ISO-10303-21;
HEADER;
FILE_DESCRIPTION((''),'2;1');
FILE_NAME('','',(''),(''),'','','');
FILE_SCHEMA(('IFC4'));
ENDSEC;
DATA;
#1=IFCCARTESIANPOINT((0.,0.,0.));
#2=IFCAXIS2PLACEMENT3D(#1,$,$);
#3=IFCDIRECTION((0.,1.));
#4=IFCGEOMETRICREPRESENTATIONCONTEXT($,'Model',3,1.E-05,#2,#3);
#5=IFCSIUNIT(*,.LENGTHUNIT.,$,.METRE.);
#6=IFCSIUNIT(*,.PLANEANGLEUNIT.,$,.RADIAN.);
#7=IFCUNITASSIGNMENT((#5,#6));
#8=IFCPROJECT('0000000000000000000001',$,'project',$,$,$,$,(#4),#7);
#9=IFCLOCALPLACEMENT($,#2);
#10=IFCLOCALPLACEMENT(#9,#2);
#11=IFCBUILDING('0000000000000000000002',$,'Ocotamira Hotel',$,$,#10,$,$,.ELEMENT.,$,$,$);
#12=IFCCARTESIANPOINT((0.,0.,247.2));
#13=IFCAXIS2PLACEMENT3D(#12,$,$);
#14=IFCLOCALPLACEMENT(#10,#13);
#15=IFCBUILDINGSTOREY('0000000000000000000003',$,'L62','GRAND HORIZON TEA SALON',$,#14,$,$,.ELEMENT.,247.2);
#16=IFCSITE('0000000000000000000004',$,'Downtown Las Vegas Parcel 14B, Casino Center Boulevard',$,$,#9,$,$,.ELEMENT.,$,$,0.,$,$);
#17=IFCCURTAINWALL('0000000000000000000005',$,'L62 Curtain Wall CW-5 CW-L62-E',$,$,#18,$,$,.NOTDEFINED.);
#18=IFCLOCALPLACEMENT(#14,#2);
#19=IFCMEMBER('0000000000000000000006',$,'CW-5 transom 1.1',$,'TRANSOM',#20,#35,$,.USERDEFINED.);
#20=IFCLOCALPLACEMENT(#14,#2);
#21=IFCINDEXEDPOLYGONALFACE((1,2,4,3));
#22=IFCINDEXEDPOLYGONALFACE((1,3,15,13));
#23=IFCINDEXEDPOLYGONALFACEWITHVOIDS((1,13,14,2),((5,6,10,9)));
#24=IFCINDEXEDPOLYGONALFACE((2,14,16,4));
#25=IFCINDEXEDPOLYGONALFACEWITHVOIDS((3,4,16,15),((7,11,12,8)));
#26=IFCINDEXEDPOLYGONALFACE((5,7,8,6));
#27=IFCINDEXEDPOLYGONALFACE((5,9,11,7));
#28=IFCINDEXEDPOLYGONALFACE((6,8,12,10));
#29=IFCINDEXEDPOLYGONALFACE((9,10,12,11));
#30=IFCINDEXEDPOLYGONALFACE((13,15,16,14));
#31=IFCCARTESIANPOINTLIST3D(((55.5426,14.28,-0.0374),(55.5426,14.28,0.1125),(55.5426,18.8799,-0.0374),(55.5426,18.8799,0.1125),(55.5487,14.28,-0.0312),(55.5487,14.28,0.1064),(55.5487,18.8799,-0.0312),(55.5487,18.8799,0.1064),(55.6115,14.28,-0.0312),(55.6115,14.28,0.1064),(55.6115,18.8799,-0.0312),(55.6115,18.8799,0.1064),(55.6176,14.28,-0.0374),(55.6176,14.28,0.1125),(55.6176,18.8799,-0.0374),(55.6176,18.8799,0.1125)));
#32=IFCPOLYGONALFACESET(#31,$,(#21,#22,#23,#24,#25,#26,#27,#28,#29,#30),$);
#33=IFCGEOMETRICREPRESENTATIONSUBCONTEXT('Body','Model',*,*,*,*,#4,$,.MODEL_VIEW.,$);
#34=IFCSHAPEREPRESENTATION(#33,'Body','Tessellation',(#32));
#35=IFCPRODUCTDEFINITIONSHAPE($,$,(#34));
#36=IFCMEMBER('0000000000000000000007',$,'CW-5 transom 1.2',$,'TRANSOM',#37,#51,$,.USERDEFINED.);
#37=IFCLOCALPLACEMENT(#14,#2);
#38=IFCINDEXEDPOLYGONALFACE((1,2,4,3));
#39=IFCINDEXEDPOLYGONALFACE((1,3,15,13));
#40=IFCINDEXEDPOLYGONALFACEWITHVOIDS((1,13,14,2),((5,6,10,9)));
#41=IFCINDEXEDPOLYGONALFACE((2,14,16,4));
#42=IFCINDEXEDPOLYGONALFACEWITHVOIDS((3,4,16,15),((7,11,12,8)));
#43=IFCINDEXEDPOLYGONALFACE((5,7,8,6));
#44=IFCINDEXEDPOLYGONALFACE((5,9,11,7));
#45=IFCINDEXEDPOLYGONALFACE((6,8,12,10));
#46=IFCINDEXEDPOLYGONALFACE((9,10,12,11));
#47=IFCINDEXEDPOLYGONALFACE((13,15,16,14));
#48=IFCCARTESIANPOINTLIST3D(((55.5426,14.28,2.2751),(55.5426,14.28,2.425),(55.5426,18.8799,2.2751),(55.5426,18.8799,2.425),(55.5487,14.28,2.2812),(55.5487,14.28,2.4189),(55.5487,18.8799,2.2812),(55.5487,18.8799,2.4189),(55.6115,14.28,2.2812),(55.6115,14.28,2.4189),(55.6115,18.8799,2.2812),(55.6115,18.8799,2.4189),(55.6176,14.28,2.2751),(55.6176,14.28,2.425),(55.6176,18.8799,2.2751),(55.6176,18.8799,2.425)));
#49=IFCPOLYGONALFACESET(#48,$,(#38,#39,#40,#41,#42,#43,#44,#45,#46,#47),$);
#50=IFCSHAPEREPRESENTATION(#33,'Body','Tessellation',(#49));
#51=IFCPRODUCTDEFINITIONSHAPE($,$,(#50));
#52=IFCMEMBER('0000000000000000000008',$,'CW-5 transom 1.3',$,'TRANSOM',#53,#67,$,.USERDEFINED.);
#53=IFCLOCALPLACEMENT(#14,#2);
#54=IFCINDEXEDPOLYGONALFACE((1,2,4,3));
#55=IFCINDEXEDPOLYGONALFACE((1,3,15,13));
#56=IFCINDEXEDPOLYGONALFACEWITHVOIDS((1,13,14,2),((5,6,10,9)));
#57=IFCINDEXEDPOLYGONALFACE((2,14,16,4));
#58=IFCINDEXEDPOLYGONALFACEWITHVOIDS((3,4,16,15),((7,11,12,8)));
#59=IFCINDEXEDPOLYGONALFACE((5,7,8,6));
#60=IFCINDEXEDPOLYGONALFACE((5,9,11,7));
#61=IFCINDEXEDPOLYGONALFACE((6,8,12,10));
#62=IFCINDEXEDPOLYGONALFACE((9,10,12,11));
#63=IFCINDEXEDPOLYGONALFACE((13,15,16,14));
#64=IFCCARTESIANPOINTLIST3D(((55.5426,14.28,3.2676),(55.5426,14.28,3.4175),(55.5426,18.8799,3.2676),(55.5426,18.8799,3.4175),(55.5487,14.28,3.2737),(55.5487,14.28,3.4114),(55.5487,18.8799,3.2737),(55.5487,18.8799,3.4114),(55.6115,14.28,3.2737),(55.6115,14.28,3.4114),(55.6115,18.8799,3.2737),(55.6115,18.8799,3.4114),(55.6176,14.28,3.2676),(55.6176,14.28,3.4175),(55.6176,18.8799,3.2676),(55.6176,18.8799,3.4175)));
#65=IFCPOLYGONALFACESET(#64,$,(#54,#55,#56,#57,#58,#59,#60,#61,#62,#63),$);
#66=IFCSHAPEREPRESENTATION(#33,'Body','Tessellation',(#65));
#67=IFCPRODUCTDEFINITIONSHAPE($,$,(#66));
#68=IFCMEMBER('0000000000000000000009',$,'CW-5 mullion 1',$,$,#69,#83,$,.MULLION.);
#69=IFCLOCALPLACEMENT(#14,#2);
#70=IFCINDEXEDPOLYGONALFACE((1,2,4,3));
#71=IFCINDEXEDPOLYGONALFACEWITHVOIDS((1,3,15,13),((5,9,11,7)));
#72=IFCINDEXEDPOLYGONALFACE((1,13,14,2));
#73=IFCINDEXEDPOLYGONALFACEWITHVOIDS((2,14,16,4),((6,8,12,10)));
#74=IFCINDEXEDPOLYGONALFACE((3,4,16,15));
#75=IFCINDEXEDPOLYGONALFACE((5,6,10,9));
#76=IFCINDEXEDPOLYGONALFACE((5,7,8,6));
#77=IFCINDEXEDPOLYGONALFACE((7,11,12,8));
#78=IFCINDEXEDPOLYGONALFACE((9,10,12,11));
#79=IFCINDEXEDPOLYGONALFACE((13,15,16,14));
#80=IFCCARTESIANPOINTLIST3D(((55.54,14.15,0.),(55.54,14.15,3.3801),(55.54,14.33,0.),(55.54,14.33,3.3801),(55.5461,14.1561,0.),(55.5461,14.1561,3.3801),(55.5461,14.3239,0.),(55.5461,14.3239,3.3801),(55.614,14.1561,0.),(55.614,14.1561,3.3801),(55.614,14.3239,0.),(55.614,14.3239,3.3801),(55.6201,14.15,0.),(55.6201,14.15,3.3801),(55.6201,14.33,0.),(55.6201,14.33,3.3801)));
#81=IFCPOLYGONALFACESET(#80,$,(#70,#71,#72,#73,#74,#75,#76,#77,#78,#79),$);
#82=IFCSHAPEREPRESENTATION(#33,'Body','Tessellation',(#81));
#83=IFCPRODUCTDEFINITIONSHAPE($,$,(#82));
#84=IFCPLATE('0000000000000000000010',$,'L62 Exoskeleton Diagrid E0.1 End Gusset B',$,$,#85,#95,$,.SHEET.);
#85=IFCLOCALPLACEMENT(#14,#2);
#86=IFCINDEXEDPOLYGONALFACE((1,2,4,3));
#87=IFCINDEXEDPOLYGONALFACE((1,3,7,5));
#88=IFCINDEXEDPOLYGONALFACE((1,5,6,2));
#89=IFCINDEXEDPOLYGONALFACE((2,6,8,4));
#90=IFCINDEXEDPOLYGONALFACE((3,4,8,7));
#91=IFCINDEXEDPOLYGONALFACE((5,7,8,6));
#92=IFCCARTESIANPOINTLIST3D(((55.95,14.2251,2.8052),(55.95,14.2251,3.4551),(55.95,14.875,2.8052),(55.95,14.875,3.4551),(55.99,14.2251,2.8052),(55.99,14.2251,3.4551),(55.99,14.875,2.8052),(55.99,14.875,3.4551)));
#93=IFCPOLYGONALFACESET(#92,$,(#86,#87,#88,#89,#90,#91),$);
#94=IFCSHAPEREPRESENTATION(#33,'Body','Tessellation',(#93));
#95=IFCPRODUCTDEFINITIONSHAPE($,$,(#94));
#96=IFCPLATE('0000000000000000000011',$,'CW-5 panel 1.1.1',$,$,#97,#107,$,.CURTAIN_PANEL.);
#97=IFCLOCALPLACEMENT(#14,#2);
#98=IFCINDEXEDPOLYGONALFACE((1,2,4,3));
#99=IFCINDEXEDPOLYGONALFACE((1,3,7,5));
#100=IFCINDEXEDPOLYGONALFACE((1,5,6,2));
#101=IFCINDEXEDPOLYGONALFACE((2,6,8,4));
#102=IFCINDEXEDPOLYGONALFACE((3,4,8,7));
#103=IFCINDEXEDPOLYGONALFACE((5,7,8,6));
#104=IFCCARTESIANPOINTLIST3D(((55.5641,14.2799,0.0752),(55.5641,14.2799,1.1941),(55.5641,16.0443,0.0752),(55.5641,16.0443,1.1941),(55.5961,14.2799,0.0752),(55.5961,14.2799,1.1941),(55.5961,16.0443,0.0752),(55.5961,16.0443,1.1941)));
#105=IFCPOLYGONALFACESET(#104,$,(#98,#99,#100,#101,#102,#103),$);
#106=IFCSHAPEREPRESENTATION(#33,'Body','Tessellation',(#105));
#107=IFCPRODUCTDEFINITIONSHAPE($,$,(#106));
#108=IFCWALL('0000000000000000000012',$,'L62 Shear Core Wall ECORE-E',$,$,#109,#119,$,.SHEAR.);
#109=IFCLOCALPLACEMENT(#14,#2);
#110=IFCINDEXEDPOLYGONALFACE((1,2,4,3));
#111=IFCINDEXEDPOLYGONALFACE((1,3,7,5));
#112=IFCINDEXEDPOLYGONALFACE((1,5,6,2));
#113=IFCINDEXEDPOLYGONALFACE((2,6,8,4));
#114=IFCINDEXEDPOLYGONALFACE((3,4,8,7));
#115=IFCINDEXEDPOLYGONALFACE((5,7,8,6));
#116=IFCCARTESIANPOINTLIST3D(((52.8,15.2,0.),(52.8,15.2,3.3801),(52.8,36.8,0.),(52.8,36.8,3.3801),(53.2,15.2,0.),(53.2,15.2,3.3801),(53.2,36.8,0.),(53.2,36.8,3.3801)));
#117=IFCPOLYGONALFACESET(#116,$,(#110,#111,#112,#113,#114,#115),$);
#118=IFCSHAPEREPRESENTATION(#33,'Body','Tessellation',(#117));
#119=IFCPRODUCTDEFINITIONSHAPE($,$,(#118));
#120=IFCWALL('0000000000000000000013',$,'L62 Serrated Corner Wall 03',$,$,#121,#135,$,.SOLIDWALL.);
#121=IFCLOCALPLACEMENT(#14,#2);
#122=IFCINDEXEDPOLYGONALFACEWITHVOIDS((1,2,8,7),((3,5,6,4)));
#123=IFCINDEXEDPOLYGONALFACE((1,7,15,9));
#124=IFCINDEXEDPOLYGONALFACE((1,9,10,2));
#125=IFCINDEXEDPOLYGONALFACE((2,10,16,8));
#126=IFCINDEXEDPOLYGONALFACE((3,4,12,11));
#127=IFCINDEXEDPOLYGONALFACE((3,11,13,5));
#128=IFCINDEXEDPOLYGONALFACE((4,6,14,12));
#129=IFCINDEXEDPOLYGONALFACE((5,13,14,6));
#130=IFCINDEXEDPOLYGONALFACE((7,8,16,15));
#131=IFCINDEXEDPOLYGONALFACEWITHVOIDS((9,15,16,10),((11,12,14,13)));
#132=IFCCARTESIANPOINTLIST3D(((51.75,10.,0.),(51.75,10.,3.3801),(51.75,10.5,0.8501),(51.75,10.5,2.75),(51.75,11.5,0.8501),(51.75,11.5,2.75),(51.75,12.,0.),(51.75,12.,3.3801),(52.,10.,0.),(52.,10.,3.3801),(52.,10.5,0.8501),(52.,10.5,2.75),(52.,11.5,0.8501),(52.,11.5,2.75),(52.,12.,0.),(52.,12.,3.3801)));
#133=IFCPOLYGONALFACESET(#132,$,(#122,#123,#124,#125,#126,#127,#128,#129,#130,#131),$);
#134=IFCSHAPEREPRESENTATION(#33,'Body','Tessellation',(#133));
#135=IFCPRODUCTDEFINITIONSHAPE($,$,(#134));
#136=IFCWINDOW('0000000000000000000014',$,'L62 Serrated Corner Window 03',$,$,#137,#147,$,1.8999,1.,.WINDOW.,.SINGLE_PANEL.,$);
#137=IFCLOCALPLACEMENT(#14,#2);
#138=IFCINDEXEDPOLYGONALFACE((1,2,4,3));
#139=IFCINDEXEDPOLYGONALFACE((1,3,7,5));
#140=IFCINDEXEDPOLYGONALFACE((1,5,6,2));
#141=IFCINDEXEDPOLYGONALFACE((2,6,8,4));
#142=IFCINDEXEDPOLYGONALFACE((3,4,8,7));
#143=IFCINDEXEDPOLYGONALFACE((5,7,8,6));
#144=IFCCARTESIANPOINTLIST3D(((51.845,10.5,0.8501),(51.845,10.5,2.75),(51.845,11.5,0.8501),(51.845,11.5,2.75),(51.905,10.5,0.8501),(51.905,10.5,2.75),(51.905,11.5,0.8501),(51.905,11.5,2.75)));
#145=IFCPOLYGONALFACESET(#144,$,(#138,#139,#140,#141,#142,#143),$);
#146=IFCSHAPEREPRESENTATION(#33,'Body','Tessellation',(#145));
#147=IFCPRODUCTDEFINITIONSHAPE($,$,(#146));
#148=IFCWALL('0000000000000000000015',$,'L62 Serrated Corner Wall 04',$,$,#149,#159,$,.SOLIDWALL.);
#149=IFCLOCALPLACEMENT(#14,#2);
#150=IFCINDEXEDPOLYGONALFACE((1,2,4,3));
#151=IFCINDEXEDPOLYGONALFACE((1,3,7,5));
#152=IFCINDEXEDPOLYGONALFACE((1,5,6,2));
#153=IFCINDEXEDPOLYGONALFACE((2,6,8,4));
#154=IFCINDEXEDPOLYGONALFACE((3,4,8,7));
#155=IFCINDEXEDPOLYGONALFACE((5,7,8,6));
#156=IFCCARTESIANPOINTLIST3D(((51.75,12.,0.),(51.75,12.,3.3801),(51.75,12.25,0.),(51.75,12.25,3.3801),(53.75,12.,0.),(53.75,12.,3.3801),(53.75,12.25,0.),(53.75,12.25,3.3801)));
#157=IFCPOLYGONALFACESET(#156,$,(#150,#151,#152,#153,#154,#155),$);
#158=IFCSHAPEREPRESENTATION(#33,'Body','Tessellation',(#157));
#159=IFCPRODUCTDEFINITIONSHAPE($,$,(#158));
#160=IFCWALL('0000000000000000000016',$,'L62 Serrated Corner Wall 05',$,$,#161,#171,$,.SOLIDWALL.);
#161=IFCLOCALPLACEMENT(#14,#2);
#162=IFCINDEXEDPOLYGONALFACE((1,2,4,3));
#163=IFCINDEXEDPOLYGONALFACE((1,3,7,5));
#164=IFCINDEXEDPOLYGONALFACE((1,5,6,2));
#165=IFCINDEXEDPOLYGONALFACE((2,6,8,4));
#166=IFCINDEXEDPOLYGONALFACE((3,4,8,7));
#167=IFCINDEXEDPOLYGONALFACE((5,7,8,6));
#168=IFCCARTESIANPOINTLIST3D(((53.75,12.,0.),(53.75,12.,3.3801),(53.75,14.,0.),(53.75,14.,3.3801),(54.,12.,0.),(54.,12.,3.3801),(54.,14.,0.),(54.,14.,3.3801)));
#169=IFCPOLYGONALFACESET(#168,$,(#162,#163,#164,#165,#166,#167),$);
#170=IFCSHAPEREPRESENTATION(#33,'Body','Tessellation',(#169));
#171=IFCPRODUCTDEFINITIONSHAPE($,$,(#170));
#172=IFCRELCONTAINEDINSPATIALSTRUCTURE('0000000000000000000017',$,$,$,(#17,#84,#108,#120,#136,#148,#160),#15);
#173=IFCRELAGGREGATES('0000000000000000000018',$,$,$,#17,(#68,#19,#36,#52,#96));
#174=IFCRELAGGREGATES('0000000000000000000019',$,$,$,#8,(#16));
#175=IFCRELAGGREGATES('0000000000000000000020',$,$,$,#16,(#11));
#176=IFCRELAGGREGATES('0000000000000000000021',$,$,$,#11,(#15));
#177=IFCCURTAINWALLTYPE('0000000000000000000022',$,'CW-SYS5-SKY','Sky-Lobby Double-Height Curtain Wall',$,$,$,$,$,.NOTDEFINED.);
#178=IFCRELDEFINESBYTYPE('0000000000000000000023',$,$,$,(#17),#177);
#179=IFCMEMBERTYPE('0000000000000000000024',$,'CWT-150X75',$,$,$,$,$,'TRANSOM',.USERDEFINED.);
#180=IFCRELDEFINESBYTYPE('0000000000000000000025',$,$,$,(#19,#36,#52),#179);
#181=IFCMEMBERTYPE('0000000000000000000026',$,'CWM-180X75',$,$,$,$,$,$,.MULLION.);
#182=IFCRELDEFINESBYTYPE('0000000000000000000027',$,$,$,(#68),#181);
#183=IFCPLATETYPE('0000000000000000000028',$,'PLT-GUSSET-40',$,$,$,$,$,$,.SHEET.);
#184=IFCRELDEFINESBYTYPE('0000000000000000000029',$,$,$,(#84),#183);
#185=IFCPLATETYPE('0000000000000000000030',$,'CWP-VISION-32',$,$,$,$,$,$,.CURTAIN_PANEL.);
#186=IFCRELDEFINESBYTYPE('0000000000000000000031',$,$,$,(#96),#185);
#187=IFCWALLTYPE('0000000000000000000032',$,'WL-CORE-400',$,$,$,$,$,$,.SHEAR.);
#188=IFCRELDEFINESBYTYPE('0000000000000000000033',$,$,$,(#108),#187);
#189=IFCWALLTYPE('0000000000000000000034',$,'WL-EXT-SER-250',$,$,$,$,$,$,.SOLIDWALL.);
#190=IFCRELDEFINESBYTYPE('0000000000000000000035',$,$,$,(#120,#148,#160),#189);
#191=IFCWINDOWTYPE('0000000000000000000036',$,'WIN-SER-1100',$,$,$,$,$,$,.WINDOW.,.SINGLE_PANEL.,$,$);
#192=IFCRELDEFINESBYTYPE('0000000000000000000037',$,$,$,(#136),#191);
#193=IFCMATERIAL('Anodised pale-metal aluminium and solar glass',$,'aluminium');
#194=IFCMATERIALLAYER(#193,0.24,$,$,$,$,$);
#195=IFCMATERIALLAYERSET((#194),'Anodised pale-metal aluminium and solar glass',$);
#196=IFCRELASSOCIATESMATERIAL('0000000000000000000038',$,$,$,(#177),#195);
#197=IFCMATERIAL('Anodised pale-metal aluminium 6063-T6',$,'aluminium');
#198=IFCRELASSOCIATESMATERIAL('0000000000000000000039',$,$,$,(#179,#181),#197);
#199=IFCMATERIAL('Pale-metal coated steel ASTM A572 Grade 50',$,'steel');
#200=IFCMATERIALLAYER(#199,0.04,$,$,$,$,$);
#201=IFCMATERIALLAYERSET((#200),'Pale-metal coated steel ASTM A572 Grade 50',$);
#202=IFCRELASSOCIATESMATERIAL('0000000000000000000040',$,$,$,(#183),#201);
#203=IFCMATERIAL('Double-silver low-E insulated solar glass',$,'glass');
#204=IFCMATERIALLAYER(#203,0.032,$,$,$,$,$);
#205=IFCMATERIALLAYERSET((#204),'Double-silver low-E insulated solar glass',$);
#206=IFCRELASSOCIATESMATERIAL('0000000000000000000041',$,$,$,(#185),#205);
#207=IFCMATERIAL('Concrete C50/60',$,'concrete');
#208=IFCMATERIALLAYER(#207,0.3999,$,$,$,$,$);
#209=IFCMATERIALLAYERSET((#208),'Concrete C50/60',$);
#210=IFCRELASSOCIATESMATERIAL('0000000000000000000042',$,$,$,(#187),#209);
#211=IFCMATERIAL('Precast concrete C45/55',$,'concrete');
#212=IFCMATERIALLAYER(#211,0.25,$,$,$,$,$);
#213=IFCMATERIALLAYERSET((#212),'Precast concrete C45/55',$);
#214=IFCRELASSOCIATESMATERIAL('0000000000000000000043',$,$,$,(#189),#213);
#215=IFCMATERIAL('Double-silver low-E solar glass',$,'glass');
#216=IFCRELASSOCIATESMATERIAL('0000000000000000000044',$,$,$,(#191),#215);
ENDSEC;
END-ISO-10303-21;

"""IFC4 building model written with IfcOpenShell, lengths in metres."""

from ifc_helpers import new_model, si_unit, direction, frame, frame_2d, origin, origin_2d, place, context, subcontext, project, spatial, rectangle, hollow_rectangle, extrude, source, transform, mapped, material, layer, layer_set, material_profile, profile_set, type_object, element, fill, aggregate, save


model = new_model("IFC4")

# Units and contexts
model_context = context("Model", 3, precision=1e-05, world=origin(), true_north=direction((0.0, 1.0)))
body_context = subcontext(model_context, "Body", "Model", "MODEL_VIEW")
ifc_project = project(units=[si_unit("LENGTHUNIT", "METRE"), si_unit("PLANEANGLEUNIT", "RADIAN")], contexts=[model_context])

# Site, building, storey
site_placement = place(None, origin())
site = spatial("IfcSite", under=ifc_project, at=site_placement, Name="Downtown Las Vegas Parcel 14B, Casino Center Boulevard", CompositionType="ELEMENT", RefElevation=0.0)
building_placement = place(site_placement, origin())
building = spatial("IfcBuilding", under=site, at=building_placement, Name="Ocotamira Hotel", CompositionType="ELEMENT")
storey_placement = place(building_placement, frame((0.0, 0.0, 247.2)))
storey = spatial("IfcBuildingStorey", under=building, at=storey_placement, Name="L62", Description="GRAND HORIZON TEA SALON", CompositionType="ELEMENT", Elevation=247.2)

# Curtain wall, members
ifc_material_1 = material(Name="Anodised pale-metal aluminium and solar glass", Category="aluminium")
ifc_layer_1 = layer(ifc_material_1, 0.24)
ifc_layer_set_1 = layer_set([ifc_layer_1], Name="Anodised pale-metal aluminium and solar glass")
curtain_wall_type = type_object("IfcCurtainWallType", Name="CW-SYS5-SKY", Description="Sky-Lobby Double-Height Curtain Wall", PredefinedType="NOTDEFINED", material=ifc_layer_set_1)
curtain_wall_placement = place(storey_placement, origin())
curtain_wall = element("IfcCurtainWall", 1, at=curtain_wall_placement, inside=storey, type_object=curtain_wall_type, Name="L62 Curtain Wall CW-5 CW-L62-E", PredefinedType="NOTDEFINED")
ifc_material_2 = material(Name="Anodised pale-metal aluminium 6063-T6", Category="aluminium")
ifc_material_profile_1 = material_profile(ifc_material_2, hollow_rectangle(XDim=0.075, YDim=0.1499, WallThickness=0.0061, at=origin_2d()), Name="HSS150X75X6")
ifc_profile_set_1 = profile_set([ifc_material_profile_1], Name="Anodised pale-metal aluminium 6063-T6")
member_type_1 = type_object("IfcMemberType", Name="CWT-150X75", ElementType="TRANSOM", PredefinedType="USERDEFINED", material=ifc_profile_set_1)
shared_shape_1 = source(origin(), body_context, "Body", "SweptSolid", [
    extrude(hollow_rectangle(XDim=0.075, YDim=0.1499, WallThickness=0.0061, at=origin_2d()), origin(), (0.0, 0.0, 1.0), 4.5999),
])
member_1_placement = place(storey_placement, frame((55.5801, 14.28, 0.0376), z_axis=(0.0, 1.0, 0.0), x_axis=(-1.0, 0.0, 0.0)))
member_1 = element("IfcMember", 2, at=member_1_placement, type_object=member_type_1, Name="CW-5 transom 1.1", ObjectType="TRANSOM", PredefinedType="USERDEFINED", context=body_context, shape_type="MappedRepresentation", body=[
    mapped(shared_shape_1, transform((0.0, 0.0, 0.0), scale=1.0)),
])
member_2_placement = place(storey_placement, frame((55.5801, 14.28, 2.3501), z_axis=(0.0, 1.0, 0.0), x_axis=(-1.0, 0.0, 0.0)))
member_2 = element("IfcMember", 3, at=member_2_placement, type_object=member_type_1, Name="CW-5 transom 1.2", ObjectType="TRANSOM", PredefinedType="USERDEFINED", context=body_context, shape_type="MappedRepresentation", body=[
    mapped(shared_shape_1, transform((0.0, 0.0, 0.0), scale=1.0)),
])
member_3_placement = place(storey_placement, frame((55.5801, 14.28, 3.3425), z_axis=(0.0, 1.0, 0.0), x_axis=(-1.0, 0.0, 0.0)))
member_3 = element("IfcMember", 4, at=member_3_placement, type_object=member_type_1, Name="CW-5 transom 1.3", ObjectType="TRANSOM", PredefinedType="USERDEFINED", context=body_context, shape_type="MappedRepresentation", body=[
    mapped(shared_shape_1, transform((0.0, 0.0, 0.0), scale=1.0)),
])
ifc_material_profile_2 = material_profile(ifc_material_2, hollow_rectangle(XDim=0.0801, YDim=0.1799, WallThickness=0.0061, at=origin_2d()), Name="HSS180X80X6")
ifc_profile_set_2 = profile_set([ifc_material_profile_2], Name="Anodised pale-metal aluminium 6063-T6")
member_type_2 = type_object("IfcMemberType", Name="CWM-180X75", PredefinedType="MULLION", material=ifc_profile_set_2)
shared_shape_2 = source(origin(), body_context, "Body", "SweptSolid", [
    extrude(hollow_rectangle(XDim=0.0801, YDim=0.1799, WallThickness=0.0061, at=origin_2d()), origin(), (0.0, 0.0, 1.0), 3.3801),
])
member_4_placement = place(storey_placement, frame((55.5801, 14.24, 0.0), z_axis=(0.0, 0.0, 1.0), x_axis=(-1.0, 0.0, 0.0)))
member_4 = element("IfcMember", 5, at=member_4_placement, type_object=member_type_2, Name="CW-5 mullion 1", PredefinedType="MULLION", context=body_context, shape_type="MappedRepresentation", body=[
    mapped(shared_shape_2, transform((0.0, 0.0, 0.0), scale=1.0)),
])

# Plates
ifc_material_3 = material(Name="Pale-metal coated steel ASTM A572 Grade 50", Category="steel")
ifc_layer_2 = layer(ifc_material_3, 0.04)
ifc_layer_set_2 = layer_set([ifc_layer_2], Name="Pale-metal coated steel ASTM A572 Grade 50")
plate_type_1 = type_object("IfcPlateType", Name="PLT-GUSSET-40", PredefinedType="SHEET", material=ifc_layer_set_2)
shared_shape_3 = source(origin(), body_context, "Body", "SweptSolid", [
    extrude(rectangle(XDim=0.04, YDim=0.6499, at=origin_2d()), origin(), (0.0, 0.0, 1.0), 0.6499),
])
plate_1_placement = place(storey_placement, frame((55.97, 14.55, 2.8052), z_axis=(0.0, 0.0, 1.0), x_axis=(1.0, 0.0, 0.0)))
element("IfcPlate", 6, at=plate_1_placement, inside=storey, type_object=plate_type_1, Name="L62 Exoskeleton Diagrid E0.1 End Gusset B", PredefinedType="SHEET", context=body_context, shape_type="MappedRepresentation", body=[
    mapped(shared_shape_3, transform((0.0, 0.0, 0.0), scale=1.0)),
])
ifc_material_4 = material(Name="Double-silver low-E insulated solar glass", Category="glass")
ifc_layer_3 = layer(ifc_material_4, 0.032)
ifc_layer_set_3 = layer_set([ifc_layer_3], Name="Double-silver low-E insulated solar glass")
plate_type_2 = type_object("IfcPlateType", Name="CWP-VISION-32", PredefinedType="CURTAIN_PANEL", material=ifc_layer_set_3)
shared_shape_4 = source(origin(), body_context, "Body", "SweptSolid", [
    extrude(rectangle(XDim=1.7644, YDim=0.032, at=origin_2d()), origin(), (0.0, 0.0, 1.0), 1.1189),
])
plate_2_placement = place(storey_placement, frame((55.5801, 15.1621, 0.0752), z_axis=(0.0, 0.0, 1.0), x_axis=(0.0, 1.0, 0.0)))
plate_2 = element("IfcPlate", 7, at=plate_2_placement, type_object=plate_type_2, Name="CW-5 panel 1.1.1", PredefinedType="CURTAIN_PANEL", context=body_context, shape_type="MappedRepresentation", body=[
    mapped(shared_shape_4, transform((0.0, 0.0, 0.0), scale=1.0)),
])
aggregate(curtain_wall, [member_4, member_1, member_2, member_3, plate_2])

# Wall
ifc_material_5 = material(Name="Concrete C50/60", Category="concrete")
ifc_layer_4 = layer(ifc_material_5, 0.3999)
ifc_layer_set_4 = layer_set([ifc_layer_4], Name="Concrete C50/60")
wall_type_1 = type_object("IfcWallType", Name="WL-CORE-400", PredefinedType="SHEAR", material=ifc_layer_set_4)
wall_1_placement = place(storey_placement, frame((53.0, 15.2, 0.0), z_axis=(0.0, 0.0, 1.0), x_axis=(0.0, 1.0, 0.0)))
element("IfcWall", 8, at=wall_1_placement, inside=storey, type_object=wall_type_1, Name="L62 Shear Core Wall ECORE-E", PredefinedType="SHEAR", context=body_context, shape_type="SweptSolid", body=[
    extrude(rectangle(XDim=21.6001, YDim=0.3999, at=frame_2d((10.8, 0.0))), origin(), (0.0, 0.0, 1.0), 3.3801),
])

# Wall, opening, window
ifc_material_6 = material(Name="Precast concrete C45/55", Category="concrete")
ifc_layer_5 = layer(ifc_material_6, 0.25)
ifc_layer_set_5 = layer_set([ifc_layer_5], Name="Precast concrete C45/55")
wall_type_2 = type_object("IfcWallType", Name="WL-EXT-SER-250", PredefinedType="SOLIDWALL", material=ifc_layer_set_5)
wall_2_placement = place(storey_placement, frame((51.875, 10.0, 0.0), z_axis=(0.0, 0.0, 1.0), x_axis=(0.0, 1.0, 0.0)))
wall_2 = element("IfcWall", 9, at=wall_2_placement, inside=storey, type_object=wall_type_2, Name="L62 Serrated Corner Wall 03", PredefinedType="SOLIDWALL", context=body_context, shape_type="SweptSolid", body=[
    extrude(rectangle(XDim=2.0, YDim=0.25, at=frame_2d((1.0, 0.0))), origin(), (0.0, 0.0, 1.0), 3.3801),
])
opening_1_placement = place(wall_2_placement, frame((0.5, 0.0, 0.8501)))
opening_1 = element("IfcOpeningElement", 10, at=opening_1_placement, cuts=wall_2, PredefinedType="OPENING", context=body_context, shape_type="SweptSolid", body=[
    extrude(rectangle(XDim=1.0, YDim=1.8999, at=frame_2d((0.5, 0.95))), frame((0.0, 0.135, 0.0), z_axis=(0.0, -1.0, 0.0), x_axis=(1.0, 0.0, 0.0)), (0.0, 0.0, 1.0), 0.27),
])
ifc_material_7 = material(Name="Double-silver low-E solar glass", Category="glass")
window_type = type_object("IfcWindowType", Name="WIN-SER-1100", PartitioningType="SINGLE_PANEL", PredefinedType="WINDOW", material=ifc_material_7)
shared_shape_5 = source(origin(), body_context, "Body", "SweptSolid", [
    extrude(rectangle(XDim=1.0, YDim=1.8999, at=frame_2d((0.5, 0.95))), frame((0.0, 0.03, 0.0), z_axis=(0.0, -1.0, 0.0), x_axis=(1.0, 0.0, 0.0)), (0.0, 0.0, 1.0), 0.0601),
])
window_placement = place(opening_1_placement, origin())
window = element("IfcWindow", 11, at=window_placement, inside=storey, type_object=window_type, Name="L62 Serrated Corner Window 03", OverallHeight=1.8999, OverallWidth=1.0, PartitioningType="SINGLE_PANEL", PredefinedType="WINDOW", context=body_context, shape_type="MappedRepresentation", body=[
    mapped(shared_shape_5, transform((0.0, 0.0, 0.0), scale=1.0)),
])
fill(opening_1, window)

# Walls
for number, where, z_axis, x_axis, name in (
    (12, (51.75, 12.125, 0.0), (0.0, 0.0, 1.0), (1.0, 0.0, 0.0), "L62 Serrated Corner Wall 04"),
    (13, (53.875, 12.0, 0.0), (0.0, 0.0, 1.0), (0.0, 1.0, 0.0), "L62 Serrated Corner Wall 05"),
):
    element("IfcWall", number, at=place(storey_placement, frame(where, z_axis=z_axis, x_axis=x_axis)), inside=storey, type_object=wall_type_2, Name=name, PredefinedType="SOLIDWALL", context=body_context, shape_type="SweptSolid", body=[
        extrude(rectangle(XDim=2.0, YDim=0.25, at=frame_2d((1.0, 0.0))), origin(), (0.0, 0.0, 1.0), 3.3801),
    ])

save(model, "model.ifc")
